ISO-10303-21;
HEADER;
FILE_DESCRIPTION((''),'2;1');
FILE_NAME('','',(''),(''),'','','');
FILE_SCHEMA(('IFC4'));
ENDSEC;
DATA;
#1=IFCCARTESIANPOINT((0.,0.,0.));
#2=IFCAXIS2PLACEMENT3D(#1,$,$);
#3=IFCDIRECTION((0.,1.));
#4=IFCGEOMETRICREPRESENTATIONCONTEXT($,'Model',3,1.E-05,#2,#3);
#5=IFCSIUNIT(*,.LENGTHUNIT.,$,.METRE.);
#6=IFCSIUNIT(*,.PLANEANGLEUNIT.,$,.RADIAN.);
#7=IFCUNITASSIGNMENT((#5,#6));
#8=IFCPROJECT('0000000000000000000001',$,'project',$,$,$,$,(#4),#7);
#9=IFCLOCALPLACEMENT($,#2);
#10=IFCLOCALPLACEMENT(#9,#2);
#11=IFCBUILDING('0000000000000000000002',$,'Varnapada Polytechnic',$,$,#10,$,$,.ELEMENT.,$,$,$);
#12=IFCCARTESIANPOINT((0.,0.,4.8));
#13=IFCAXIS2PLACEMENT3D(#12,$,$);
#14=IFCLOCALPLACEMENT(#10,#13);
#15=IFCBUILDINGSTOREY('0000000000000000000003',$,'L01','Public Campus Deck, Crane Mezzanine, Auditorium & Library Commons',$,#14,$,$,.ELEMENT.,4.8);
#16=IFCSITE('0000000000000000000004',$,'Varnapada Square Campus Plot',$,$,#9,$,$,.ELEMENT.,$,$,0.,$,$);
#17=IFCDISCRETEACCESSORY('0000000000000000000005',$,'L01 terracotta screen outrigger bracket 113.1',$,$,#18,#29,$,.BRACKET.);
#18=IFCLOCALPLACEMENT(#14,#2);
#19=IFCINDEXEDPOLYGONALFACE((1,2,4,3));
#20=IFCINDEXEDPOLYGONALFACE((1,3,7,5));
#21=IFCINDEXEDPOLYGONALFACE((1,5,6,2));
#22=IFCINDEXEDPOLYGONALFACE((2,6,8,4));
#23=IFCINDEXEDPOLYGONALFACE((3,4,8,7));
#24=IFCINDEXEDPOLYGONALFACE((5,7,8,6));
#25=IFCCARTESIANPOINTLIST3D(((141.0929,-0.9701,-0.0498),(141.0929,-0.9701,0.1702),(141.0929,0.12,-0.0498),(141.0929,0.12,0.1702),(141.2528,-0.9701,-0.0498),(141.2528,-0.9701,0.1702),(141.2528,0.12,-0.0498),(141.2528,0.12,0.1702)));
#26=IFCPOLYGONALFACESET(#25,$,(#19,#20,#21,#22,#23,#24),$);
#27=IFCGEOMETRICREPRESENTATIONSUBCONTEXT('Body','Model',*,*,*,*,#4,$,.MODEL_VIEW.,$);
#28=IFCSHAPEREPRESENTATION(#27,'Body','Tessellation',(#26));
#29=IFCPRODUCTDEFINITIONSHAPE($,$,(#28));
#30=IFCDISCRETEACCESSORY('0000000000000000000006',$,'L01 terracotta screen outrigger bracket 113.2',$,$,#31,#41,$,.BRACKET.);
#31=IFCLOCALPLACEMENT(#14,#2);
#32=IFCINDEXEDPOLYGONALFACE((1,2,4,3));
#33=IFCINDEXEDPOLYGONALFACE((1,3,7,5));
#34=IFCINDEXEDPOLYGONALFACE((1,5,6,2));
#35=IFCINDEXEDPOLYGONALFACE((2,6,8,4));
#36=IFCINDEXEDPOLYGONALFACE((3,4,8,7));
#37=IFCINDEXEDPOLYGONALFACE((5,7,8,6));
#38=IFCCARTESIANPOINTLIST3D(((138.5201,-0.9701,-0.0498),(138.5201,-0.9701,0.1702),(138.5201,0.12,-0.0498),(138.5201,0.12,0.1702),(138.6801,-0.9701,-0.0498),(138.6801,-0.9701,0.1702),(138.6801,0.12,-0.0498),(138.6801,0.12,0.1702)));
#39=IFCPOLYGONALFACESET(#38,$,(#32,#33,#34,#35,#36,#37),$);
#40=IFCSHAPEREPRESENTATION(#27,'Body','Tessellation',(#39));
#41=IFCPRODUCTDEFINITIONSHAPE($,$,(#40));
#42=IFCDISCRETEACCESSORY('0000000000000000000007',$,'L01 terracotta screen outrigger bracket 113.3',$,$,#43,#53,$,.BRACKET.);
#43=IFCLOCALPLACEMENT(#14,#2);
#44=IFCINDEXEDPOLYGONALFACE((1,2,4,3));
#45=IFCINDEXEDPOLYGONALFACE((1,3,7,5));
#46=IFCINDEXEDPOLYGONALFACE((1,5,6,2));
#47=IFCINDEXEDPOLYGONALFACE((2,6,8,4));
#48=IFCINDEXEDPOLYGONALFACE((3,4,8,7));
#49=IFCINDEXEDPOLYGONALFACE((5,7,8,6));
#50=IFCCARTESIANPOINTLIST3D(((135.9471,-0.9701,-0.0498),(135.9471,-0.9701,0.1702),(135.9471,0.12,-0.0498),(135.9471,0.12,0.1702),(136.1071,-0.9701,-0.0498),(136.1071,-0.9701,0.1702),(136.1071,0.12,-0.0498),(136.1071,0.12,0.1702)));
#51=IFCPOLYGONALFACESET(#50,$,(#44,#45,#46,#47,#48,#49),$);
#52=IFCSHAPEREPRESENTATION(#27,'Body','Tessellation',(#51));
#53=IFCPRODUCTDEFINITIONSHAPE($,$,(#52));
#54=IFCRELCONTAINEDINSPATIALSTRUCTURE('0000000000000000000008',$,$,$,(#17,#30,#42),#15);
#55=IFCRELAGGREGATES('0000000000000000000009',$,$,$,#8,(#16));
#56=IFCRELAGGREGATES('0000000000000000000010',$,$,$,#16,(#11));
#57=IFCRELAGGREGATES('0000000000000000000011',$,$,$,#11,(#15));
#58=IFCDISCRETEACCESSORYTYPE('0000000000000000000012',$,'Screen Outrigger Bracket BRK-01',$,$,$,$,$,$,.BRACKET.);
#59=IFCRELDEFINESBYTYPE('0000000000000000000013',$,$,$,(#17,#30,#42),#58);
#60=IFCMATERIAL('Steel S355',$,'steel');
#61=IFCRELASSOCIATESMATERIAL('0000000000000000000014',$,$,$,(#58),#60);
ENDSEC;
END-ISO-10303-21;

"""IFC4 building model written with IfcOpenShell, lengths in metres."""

from ifc_helpers import new_model, si_unit, direction, frame, origin, origin_2d, place, context, subcontext, project, spatial, rectangle, extrude, material, type_object, element, save


model = new_model("IFC4")

# Units and contexts
model_context = context("Model", 3, precision=1e-05, world=origin(), true_north=direction((0.0, 1.0)))
body_context = subcontext(model_context, "Body", "Model", "MODEL_VIEW")
ifc_project = project(units=[si_unit("LENGTHUNIT", "METRE"), si_unit("PLANEANGLEUNIT", "RADIAN")], contexts=[model_context])

# Site, building, storey
site_placement = place(None, origin())
site = spatial("IfcSite", under=ifc_project, at=site_placement, Name="Varnapada Square Campus Plot", CompositionType="ELEMENT", RefElevation=0.0)
building_placement = place(site_placement, origin())
building = spatial("IfcBuilding", under=site, at=building_placement, Name="Varnapada Polytechnic", CompositionType="ELEMENT")
storey_placement = place(building_placement, frame((0.0, 0.0, 4.8)))
storey = spatial("IfcBuildingStorey", under=building, at=storey_placement, Name="L01", Description="Public Campus Deck, Crane Mezzanine, Auditorium & Library Commons", CompositionType="ELEMENT", Elevation=4.8)

# Shared definitions
ifc_material_1 = material(Name="Steel S355", Category="steel")

# Discrete accessories
discrete_accessory_type = type_object("IfcDiscreteAccessoryType", Name="Screen Outrigger Bracket BRK-01", PredefinedType="BRACKET", material=ifc_material_1)
for number, where, z_axis, x_axis, name in (
    (1, (141.1729, -0.425, -0.0498), (0.0, 0.0, 1.0), (-1.0, 0.0, 0.0), "L01 terracotta screen outrigger bracket 113.1"),
    (2, (138.6001, -0.425, -0.0498), (0.0, 0.0, 1.0), (-1.0, 0.0, 0.0), "L01 terracotta screen outrigger bracket 113.2"),
    (3, (136.0271, -0.425, -0.0498), (0.0, 0.0, 1.0), (-1.0, 0.0, 0.0), "L01 terracotta screen outrigger bracket 113.3"),
):
    element("IfcDiscreteAccessory", number, at=place(storey_placement, frame(where, z_axis=z_axis, x_axis=x_axis)), inside=storey, type_object=discrete_accessory_type, Name=name, PredefinedType="BRACKET", context=body_context, shape_type="SweptSolid", body=[
        extrude(rectangle(XDim=0.1599, YDim=1.0901, at=origin_2d()), origin(), (0.0, 0.0, 1.0), 0.22),
    ])

save(model, "model.ifc")
